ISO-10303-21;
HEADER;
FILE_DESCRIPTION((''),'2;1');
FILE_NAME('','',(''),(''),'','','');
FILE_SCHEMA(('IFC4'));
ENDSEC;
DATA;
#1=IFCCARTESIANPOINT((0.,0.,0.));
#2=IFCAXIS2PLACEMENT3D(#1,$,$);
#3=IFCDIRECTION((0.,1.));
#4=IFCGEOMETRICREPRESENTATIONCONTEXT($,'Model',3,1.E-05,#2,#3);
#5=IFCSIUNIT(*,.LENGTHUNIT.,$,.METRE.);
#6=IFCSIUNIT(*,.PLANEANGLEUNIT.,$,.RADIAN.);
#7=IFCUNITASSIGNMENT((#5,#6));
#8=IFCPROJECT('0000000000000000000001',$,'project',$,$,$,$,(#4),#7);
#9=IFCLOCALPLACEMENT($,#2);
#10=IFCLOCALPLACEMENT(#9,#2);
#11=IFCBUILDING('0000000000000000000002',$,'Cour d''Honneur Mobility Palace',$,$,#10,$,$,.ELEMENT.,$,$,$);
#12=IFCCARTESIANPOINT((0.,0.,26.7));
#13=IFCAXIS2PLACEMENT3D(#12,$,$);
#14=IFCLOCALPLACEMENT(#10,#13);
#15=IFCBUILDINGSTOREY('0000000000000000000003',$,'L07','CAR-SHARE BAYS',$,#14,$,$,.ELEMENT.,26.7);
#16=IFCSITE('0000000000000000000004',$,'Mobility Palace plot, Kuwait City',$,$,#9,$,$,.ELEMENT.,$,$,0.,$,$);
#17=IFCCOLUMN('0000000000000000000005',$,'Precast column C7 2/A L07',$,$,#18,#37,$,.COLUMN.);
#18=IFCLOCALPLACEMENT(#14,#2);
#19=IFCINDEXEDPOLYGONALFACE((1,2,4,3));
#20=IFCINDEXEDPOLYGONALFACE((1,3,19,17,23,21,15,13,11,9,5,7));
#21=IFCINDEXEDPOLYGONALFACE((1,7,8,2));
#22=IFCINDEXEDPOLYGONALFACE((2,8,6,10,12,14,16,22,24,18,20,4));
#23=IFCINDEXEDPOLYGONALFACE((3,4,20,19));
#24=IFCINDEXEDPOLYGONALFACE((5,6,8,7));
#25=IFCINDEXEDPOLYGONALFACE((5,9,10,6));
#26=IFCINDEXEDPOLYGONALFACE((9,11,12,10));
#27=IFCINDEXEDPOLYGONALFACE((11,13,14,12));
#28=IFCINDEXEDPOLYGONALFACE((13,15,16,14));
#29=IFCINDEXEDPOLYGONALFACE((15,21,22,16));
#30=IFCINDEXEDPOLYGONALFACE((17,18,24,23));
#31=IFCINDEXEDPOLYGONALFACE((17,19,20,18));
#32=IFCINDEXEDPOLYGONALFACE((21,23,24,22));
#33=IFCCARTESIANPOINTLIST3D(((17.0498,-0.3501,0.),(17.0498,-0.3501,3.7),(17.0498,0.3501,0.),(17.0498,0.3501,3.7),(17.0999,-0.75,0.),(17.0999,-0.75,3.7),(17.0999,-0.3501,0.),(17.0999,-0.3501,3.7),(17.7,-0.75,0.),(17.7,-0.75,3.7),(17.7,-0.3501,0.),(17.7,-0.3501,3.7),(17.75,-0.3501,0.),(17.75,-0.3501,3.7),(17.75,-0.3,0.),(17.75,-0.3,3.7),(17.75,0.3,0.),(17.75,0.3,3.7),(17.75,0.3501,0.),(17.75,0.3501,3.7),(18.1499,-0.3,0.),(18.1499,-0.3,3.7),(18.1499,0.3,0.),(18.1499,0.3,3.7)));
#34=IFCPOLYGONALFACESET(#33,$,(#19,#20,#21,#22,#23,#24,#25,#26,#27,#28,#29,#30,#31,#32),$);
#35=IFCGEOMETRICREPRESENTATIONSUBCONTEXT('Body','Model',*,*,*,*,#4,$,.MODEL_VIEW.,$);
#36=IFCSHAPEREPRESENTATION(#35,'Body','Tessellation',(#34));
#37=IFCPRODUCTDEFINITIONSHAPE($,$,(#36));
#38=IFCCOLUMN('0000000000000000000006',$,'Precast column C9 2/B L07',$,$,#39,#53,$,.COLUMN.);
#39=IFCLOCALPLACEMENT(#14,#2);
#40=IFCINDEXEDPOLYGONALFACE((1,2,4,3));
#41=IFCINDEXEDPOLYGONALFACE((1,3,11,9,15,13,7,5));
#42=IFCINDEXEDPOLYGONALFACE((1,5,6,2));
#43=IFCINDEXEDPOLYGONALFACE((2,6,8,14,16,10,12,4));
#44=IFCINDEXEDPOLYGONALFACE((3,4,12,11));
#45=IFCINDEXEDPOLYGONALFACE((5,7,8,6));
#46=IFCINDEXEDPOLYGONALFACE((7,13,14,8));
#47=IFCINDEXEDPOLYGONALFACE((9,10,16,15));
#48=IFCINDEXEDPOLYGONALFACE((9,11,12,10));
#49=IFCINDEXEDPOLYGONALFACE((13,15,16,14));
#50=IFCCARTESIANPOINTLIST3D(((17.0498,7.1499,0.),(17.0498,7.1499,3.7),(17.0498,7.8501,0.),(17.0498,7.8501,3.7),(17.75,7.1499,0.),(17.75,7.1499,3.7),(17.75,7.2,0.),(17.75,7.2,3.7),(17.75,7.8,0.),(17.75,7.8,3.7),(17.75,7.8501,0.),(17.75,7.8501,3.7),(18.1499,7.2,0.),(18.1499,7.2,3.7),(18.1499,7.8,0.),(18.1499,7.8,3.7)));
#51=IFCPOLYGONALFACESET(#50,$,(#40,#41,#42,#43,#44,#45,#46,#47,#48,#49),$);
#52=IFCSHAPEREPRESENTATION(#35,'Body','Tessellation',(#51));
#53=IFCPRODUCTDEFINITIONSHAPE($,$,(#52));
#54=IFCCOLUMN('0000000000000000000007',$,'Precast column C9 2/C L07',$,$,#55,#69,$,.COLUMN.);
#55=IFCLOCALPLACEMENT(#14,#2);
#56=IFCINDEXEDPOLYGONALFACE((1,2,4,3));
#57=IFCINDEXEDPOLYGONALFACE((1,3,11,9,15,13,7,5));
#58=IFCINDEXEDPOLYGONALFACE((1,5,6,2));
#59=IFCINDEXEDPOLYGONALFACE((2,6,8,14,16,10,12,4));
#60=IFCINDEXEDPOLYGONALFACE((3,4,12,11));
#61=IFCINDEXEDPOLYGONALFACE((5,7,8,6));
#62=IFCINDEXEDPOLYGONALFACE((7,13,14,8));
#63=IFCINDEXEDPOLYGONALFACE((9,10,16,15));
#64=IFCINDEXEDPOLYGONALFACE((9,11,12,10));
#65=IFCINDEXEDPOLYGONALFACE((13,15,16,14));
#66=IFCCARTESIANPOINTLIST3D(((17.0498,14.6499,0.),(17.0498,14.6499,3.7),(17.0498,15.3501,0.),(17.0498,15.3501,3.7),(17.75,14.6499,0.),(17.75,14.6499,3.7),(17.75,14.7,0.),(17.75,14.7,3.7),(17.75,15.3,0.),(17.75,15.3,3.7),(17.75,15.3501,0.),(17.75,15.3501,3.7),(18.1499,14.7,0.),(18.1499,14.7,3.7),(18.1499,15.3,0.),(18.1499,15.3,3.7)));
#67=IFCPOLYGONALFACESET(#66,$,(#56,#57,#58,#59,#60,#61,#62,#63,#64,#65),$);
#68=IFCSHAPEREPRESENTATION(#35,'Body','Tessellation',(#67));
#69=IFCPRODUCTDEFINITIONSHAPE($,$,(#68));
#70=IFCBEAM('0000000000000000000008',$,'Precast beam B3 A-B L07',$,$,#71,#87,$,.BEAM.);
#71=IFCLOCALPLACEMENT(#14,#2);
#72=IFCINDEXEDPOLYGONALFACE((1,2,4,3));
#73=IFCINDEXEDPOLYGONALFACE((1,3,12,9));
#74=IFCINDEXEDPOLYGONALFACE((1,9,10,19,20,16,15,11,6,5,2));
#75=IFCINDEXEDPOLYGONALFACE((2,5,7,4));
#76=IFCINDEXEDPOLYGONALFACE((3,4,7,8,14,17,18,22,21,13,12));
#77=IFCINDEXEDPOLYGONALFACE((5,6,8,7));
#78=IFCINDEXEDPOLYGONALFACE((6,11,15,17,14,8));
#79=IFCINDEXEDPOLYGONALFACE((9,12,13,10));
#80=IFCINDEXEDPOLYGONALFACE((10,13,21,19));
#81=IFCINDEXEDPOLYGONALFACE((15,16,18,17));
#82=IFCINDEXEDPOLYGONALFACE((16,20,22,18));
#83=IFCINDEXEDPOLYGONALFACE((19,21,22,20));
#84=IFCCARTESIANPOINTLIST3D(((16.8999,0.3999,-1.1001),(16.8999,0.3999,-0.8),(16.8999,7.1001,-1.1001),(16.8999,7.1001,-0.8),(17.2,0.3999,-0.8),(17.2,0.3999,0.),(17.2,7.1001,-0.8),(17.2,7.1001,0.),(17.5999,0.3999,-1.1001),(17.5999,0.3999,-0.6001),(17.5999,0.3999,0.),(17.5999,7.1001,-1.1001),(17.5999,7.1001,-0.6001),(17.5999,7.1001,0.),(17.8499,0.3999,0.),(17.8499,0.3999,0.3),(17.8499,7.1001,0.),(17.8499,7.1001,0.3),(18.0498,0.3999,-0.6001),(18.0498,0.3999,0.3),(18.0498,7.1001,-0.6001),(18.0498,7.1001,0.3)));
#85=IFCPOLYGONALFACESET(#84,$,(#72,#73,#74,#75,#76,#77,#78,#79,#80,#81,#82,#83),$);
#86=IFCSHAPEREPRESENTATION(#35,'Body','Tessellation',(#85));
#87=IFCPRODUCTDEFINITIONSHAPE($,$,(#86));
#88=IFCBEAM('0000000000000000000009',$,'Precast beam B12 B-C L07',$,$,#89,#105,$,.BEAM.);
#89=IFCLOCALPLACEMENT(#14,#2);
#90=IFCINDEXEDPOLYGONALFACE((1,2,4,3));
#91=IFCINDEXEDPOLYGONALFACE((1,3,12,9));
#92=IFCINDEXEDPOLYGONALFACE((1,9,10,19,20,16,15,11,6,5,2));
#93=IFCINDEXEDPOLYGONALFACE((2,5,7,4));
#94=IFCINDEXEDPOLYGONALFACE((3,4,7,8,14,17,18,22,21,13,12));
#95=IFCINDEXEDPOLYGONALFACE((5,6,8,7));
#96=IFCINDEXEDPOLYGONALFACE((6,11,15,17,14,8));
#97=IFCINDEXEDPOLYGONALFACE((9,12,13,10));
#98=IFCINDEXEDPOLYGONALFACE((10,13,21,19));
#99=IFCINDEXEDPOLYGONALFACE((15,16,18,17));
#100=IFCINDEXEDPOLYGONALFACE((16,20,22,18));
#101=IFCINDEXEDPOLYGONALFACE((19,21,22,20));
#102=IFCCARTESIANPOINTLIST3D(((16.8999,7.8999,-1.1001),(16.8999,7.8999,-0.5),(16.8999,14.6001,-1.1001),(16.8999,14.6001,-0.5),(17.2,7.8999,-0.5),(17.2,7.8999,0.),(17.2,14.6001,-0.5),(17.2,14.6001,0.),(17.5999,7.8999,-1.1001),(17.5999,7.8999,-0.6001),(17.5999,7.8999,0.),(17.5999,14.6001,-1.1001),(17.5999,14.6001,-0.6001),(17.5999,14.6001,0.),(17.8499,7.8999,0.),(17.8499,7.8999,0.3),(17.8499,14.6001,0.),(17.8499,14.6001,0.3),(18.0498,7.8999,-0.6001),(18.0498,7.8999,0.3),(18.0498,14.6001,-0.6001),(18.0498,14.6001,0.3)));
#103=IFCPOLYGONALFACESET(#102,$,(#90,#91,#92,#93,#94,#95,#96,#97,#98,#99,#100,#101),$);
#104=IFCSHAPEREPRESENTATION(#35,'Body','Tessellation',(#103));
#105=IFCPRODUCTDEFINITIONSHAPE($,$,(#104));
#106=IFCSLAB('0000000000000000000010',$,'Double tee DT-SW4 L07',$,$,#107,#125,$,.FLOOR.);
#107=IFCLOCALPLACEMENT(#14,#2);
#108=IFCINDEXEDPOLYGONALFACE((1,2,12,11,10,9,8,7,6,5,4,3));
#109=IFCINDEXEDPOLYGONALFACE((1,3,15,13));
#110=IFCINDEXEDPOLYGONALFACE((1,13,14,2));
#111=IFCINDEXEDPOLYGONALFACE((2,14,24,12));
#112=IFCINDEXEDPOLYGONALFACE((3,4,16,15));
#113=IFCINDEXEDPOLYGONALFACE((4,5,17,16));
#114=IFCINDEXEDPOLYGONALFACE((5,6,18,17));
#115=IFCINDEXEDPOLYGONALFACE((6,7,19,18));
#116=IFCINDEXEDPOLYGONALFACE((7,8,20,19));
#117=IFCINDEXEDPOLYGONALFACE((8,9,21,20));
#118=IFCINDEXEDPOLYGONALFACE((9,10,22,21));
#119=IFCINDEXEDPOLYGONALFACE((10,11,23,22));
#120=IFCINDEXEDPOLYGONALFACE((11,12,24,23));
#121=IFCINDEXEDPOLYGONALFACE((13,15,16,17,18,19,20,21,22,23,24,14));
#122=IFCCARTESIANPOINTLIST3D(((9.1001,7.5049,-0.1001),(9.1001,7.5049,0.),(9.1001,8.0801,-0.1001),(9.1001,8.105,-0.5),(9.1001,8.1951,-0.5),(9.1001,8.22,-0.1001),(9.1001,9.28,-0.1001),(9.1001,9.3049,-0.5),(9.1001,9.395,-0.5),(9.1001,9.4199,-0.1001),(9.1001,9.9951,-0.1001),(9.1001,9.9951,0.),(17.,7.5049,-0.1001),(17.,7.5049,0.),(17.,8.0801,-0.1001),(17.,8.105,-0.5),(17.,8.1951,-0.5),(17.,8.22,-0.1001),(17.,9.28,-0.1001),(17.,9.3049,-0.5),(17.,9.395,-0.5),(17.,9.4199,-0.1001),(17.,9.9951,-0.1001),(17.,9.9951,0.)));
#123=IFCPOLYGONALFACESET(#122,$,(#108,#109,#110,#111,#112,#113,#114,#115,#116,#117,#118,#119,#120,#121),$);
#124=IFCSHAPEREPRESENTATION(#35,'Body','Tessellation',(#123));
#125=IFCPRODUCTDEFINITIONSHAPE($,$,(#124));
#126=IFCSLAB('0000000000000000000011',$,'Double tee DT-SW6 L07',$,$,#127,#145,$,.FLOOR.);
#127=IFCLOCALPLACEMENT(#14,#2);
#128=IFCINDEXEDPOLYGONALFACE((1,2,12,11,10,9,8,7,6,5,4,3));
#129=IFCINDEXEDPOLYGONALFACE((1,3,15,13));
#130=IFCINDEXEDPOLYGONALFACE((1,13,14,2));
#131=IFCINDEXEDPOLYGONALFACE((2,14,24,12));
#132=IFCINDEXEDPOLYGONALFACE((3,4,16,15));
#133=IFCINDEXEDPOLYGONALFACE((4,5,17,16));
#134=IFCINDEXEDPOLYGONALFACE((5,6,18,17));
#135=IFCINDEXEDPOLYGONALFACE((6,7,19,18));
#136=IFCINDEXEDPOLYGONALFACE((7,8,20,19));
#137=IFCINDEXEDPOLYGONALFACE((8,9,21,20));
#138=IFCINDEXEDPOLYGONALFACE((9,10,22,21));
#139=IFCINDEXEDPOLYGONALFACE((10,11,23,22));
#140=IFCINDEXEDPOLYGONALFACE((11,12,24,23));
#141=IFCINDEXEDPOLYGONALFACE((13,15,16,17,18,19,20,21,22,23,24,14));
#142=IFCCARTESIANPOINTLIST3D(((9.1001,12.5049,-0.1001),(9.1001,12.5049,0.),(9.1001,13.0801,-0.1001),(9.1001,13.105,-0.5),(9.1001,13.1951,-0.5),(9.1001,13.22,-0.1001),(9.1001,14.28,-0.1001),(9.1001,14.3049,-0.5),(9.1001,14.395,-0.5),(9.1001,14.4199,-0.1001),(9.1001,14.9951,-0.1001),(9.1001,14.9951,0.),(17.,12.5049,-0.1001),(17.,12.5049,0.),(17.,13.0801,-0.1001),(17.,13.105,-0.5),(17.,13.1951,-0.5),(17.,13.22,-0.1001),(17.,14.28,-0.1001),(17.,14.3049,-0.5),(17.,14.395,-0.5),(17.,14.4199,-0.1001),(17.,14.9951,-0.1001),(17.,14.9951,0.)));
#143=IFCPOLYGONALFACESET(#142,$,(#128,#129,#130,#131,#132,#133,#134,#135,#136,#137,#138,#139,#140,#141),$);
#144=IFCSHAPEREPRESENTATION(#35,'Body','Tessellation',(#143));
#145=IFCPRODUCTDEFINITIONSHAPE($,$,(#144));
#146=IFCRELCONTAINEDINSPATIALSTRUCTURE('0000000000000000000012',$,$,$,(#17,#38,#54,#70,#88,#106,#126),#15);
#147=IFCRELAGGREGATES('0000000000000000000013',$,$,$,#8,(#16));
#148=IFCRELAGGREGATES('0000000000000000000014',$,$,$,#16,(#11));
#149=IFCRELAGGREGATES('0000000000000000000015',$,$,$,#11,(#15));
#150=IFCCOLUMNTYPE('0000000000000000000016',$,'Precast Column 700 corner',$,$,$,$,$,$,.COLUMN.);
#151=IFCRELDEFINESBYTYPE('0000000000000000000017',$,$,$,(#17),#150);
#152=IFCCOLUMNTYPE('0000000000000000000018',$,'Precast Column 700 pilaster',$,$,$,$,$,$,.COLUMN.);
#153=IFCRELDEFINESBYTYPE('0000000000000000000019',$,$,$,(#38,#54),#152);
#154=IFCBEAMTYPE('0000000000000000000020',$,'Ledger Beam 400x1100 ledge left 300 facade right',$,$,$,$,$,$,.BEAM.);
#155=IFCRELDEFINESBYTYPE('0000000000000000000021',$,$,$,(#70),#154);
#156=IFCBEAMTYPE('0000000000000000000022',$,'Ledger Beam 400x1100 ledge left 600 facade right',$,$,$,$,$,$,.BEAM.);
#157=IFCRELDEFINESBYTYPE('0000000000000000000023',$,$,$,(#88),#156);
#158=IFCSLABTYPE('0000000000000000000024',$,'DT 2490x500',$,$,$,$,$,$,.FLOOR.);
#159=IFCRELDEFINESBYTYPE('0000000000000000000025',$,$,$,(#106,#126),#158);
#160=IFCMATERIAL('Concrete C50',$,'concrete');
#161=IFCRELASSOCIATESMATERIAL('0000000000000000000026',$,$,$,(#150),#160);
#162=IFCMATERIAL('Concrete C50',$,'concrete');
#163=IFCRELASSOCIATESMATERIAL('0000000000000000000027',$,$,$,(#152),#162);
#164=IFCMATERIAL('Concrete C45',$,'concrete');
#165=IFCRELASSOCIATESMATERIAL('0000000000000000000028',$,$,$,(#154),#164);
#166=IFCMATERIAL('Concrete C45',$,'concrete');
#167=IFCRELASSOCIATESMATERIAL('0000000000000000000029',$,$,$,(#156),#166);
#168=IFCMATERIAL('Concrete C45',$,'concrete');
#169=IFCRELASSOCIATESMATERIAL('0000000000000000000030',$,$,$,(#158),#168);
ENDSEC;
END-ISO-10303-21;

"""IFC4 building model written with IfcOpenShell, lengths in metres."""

from ifc_helpers import new_model, si_unit, direction, frame, origin, place, context, subcontext, project, spatial, polyline, outline, extrude, material, material_profile, profile_set, type_object, element, save


model = new_model("IFC4")

# Units and contexts
model_context = context("Model", 3, precision=1e-05, world=origin(), true_north=direction((0.0, 1.0)))
body_context = subcontext(model_context, "Body", "Model", "MODEL_VIEW")
ifc_project = project(units=[si_unit("LENGTHUNIT", "METRE"), si_unit("PLANEANGLEUNIT", "RADIAN")], contexts=[model_context])

# Site, building, storey
site_placement = place(None, origin())
site = spatial("IfcSite", under=ifc_project, at=site_placement, Name="Mobility Palace plot, Kuwait City", CompositionType="ELEMENT", RefElevation=0.0)
building_placement = place(site_placement, origin())
building = spatial("IfcBuilding", under=site, at=building_placement, Name="Cour d'Honneur Mobility Palace", CompositionType="ELEMENT")
storey_placement = place(building_placement, frame((0.0, 0.0, 26.7)))
storey = spatial("IfcBuildingStorey", under=building, at=storey_placement, Name="L07", Description="CAR-SHARE BAYS", CompositionType="ELEMENT", Elevation=26.7)

# Columns
ifc_material_1 = material(Name="Concrete C50", Category="concrete")
ifc_material_profile_1 = material_profile(ifc_material_1, outline(polyline([(-0.3501, -0.3501), (0.3501, -0.3501), (0.3501, -0.3), (0.75, -0.3), (0.75, 0.3), (0.3501, 0.3), (0.3501, 0.3501), (0.3, 0.3501), (0.3, 0.75), (-0.3, 0.75), (-0.3, 0.3501), (-0.3501, 0.3501), (-0.3501, -0.3501)])), Name="PC C700 corner")
ifc_profile_set_1 = profile_set([ifc_material_profile_1], Name="Concrete C50")
column_type_1 = type_object("IfcColumnType", Name="Precast Column 700 corner", PredefinedType="COLUMN", material=ifc_profile_set_1)
column_placement = place(storey_placement, frame((17.3999, 0.0, 0.0), z_axis=(0.0, 0.0, 1.0), x_axis=(0.0, -1.0, 0.0)))
element("IfcColumn", 1, at=column_placement, inside=storey, type_object=column_type_1, Name="Precast column C7 2/A L07", PredefinedType="COLUMN", context=body_context, shape_type="SweptSolid", body=[
    extrude(outline(polyline([(-0.3501, -0.3501), (0.3501, -0.3501), (0.3501, -0.3), (0.75, -0.3), (0.75, 0.3), (0.3501, 0.3), (0.3501, 0.3501), (0.3, 0.3501), (0.3, 0.75), (-0.3, 0.75), (-0.3, 0.3501), (-0.3501, 0.3501), (-0.3501, -0.3501)])), origin(), (0.0, 0.0, 1.0), 3.7),
])
ifc_material_2 = material(Name="Concrete C50", Category="concrete")
ifc_material_profile_2 = material_profile(ifc_material_2, outline(polyline([(-0.3501, -0.3501), (0.3501, -0.3501), (0.3501, -0.3), (0.75, -0.3), (0.75, 0.3), (0.3501, 0.3), (0.3501, 0.3501), (-0.3501, 0.3501), (-0.3501, -0.3501)])), Name="PC C700 pilaster")
ifc_profile_set_2 = profile_set([ifc_material_profile_2], Name="Concrete C50")
column_type_2 = type_object("IfcColumnType", Name="Precast Column 700 pilaster", PredefinedType="COLUMN", material=ifc_profile_set_2)
for number, where, z_axis, x_axis, name in (
    (2, (17.3999, 7.5, 0.0), (0.0, 0.0, 1.0), (1.0, 0.0, 0.0), "Precast column C9 2/B L07"),
    (3, (17.3999, 15.0, 0.0), (0.0, 0.0, 1.0), (1.0, 0.0, 0.0), "Precast column C9 2/C L07"),
):
    element("IfcColumn", number, at=place(storey_placement, frame(where, z_axis=z_axis, x_axis=x_axis)), inside=storey, type_object=column_type_2, Name=name, PredefinedType="COLUMN", context=body_context, shape_type="SweptSolid", body=[
        extrude(outline(polyline([(-0.3501, -0.3501), (0.3501, -0.3501), (0.3501, -0.3), (0.75, -0.3), (0.75, 0.3), (0.3501, 0.3), (0.3501, 0.3501), (-0.3501, 0.3501), (-0.3501, -0.3501)])), origin(), (0.0, 0.0, 1.0), 3.7),
    ])

# Beams
ifc_material_3 = material(Name="Concrete C45", Category="concrete")
ifc_material_profile_3 = material_profile(ifc_material_3, outline(polyline([(0.5, -1.1001), (0.5, -0.8), (0.2, -0.8), (0.2, 0.0), (-0.2, 0.0), (-0.45, 0.0), (-0.45, 0.3), (-0.6499, 0.3), (-0.6499, -0.6001), (-0.2, -0.6001), (-0.2, -1.1001), (0.5, -1.1001)])), Name="Ledger Beam 400x1100 ledge left 300 facade right")
ifc_profile_set_3 = profile_set([ifc_material_profile_3], Name="Concrete C45")
beam_type_1 = type_object("IfcBeamType", Name="Ledger Beam 400x1100 ledge left 300 facade right", PredefinedType="BEAM", material=ifc_profile_set_3)
beam_1_placement = place(storey_placement, frame((17.3999, 0.3999, 0.0), z_axis=(0.0, 1.0, 0.0), x_axis=(-1.0, 0.0, 0.0)))
element("IfcBeam", 4, at=beam_1_placement, inside=storey, type_object=beam_type_1, Name="Precast beam B3 A-B L07", PredefinedType="BEAM", context=body_context, shape_type="SweptSolid", body=[
    extrude(outline(polyline([(0.5, -1.1001), (0.5, -0.8), (0.2, -0.8), (0.2, 0.0), (-0.2, 0.0), (-0.45, 0.0), (-0.45, 0.3), (-0.6499, 0.3), (-0.6499, -0.6001), (-0.2, -0.6001), (-0.2, -1.1001), (0.5, -1.1001)])), origin(), (0.0, 0.0, 1.0), 6.7002),
])
ifc_material_4 = material(Name="Concrete C45", Category="concrete")
ifc_material_profile_4 = material_profile(ifc_material_4, outline(polyline([(0.5, -1.1001), (0.5, -0.5), (0.2, -0.5), (0.2, 0.0), (-0.2, 0.0), (-0.45, 0.0), (-0.45, 0.3), (-0.6499, 0.3), (-0.6499, -0.6001), (-0.2, -0.6001), (-0.2, -1.1001), (0.5, -1.1001)])), Name="Ledger Beam 400x1100 ledge left 600 facade right")
ifc_profile_set_4 = profile_set([ifc_material_profile_4], Name="Concrete C45")
beam_type_2 = type_object("IfcBeamType", Name="Ledger Beam 400x1100 ledge left 600 facade right", PredefinedType="BEAM", material=ifc_profile_set_4)
beam_2_placement = place(storey_placement, frame((17.3999, 7.8999, 0.0), z_axis=(0.0, 1.0, 0.0), x_axis=(-1.0, 0.0, 0.0)))
element("IfcBeam", 5, at=beam_2_placement, inside=storey, type_object=beam_type_2, Name="Precast beam B12 B-C L07", PredefinedType="BEAM", context=body_context, shape_type="SweptSolid", body=[
    extrude(outline(polyline([(0.5, -1.1001), (0.5, -0.5), (0.2, -0.5), (0.2, 0.0), (-0.2, 0.0), (-0.45, 0.0), (-0.45, 0.3), (-0.6499, 0.3), (-0.6499, -0.6001), (-0.2, -0.6001), (-0.2, -1.1001), (0.5, -1.1001)])), origin(), (0.0, 0.0, 1.0), 6.7002),
])

# Slabs
ifc_material_5 = material(Name="Concrete C45", Category="concrete")
ifc_material_profile_5 = material_profile(ifc_material_5, outline(polyline([(-1.2451, 0.0), (1.2451, 0.0), (1.2451, -0.1001), (0.6699, -0.1001), (0.645, -0.5), (0.5549, -0.5), (0.53, -0.1001), (-0.53, -0.1001), (-0.5549, -0.5), (-0.645, -0.5), (-0.6699, -0.1001), (-1.2451, -0.1001), (-1.2451, 0.0)])), Name="DT 2490x500")
ifc_profile_set_5 = profile_set([ifc_material_profile_5], Name="Concrete C45")
slab_type = type_object("IfcSlabType", Name="DT 2490x500", PredefinedType="FLOOR", material=ifc_profile_set_5)
for number, where, z_axis, x_axis, name in (
    (6, (9.1001, 8.75, 0.0), (1.0, 0.0, 0.0), (0.0, 1.0, 0.0), "Double tee DT-SW4 L07"),
    (7, (9.1001, 13.75, 0.0), (1.0, 0.0, 0.0), (0.0, 1.0, 0.0), "Double tee DT-SW6 L07"),
):
    element("IfcSlab", number, at=place(storey_placement, frame(where, z_axis=z_axis, x_axis=x_axis)), inside=storey, type_object=slab_type, Name=name, PredefinedType="FLOOR", context=body_context, shape_type="SweptSolid", body=[
        extrude(outline(polyline([(-1.2451, 0.0), (1.2451, 0.0), (1.2451, -0.1001), (0.6699, -0.1001), (0.645, -0.5), (0.5549, -0.5), (0.53, -0.1001), (-0.53, -0.1001), (-0.5549, -0.5), (-0.645, -0.5), (-0.6699, -0.1001), (-1.2451, -0.1001), (-1.2451, 0.0)])), origin(), (0.0, 0.0, 1.0), 7.8999),
    ])

save(model, "model.ifc")
